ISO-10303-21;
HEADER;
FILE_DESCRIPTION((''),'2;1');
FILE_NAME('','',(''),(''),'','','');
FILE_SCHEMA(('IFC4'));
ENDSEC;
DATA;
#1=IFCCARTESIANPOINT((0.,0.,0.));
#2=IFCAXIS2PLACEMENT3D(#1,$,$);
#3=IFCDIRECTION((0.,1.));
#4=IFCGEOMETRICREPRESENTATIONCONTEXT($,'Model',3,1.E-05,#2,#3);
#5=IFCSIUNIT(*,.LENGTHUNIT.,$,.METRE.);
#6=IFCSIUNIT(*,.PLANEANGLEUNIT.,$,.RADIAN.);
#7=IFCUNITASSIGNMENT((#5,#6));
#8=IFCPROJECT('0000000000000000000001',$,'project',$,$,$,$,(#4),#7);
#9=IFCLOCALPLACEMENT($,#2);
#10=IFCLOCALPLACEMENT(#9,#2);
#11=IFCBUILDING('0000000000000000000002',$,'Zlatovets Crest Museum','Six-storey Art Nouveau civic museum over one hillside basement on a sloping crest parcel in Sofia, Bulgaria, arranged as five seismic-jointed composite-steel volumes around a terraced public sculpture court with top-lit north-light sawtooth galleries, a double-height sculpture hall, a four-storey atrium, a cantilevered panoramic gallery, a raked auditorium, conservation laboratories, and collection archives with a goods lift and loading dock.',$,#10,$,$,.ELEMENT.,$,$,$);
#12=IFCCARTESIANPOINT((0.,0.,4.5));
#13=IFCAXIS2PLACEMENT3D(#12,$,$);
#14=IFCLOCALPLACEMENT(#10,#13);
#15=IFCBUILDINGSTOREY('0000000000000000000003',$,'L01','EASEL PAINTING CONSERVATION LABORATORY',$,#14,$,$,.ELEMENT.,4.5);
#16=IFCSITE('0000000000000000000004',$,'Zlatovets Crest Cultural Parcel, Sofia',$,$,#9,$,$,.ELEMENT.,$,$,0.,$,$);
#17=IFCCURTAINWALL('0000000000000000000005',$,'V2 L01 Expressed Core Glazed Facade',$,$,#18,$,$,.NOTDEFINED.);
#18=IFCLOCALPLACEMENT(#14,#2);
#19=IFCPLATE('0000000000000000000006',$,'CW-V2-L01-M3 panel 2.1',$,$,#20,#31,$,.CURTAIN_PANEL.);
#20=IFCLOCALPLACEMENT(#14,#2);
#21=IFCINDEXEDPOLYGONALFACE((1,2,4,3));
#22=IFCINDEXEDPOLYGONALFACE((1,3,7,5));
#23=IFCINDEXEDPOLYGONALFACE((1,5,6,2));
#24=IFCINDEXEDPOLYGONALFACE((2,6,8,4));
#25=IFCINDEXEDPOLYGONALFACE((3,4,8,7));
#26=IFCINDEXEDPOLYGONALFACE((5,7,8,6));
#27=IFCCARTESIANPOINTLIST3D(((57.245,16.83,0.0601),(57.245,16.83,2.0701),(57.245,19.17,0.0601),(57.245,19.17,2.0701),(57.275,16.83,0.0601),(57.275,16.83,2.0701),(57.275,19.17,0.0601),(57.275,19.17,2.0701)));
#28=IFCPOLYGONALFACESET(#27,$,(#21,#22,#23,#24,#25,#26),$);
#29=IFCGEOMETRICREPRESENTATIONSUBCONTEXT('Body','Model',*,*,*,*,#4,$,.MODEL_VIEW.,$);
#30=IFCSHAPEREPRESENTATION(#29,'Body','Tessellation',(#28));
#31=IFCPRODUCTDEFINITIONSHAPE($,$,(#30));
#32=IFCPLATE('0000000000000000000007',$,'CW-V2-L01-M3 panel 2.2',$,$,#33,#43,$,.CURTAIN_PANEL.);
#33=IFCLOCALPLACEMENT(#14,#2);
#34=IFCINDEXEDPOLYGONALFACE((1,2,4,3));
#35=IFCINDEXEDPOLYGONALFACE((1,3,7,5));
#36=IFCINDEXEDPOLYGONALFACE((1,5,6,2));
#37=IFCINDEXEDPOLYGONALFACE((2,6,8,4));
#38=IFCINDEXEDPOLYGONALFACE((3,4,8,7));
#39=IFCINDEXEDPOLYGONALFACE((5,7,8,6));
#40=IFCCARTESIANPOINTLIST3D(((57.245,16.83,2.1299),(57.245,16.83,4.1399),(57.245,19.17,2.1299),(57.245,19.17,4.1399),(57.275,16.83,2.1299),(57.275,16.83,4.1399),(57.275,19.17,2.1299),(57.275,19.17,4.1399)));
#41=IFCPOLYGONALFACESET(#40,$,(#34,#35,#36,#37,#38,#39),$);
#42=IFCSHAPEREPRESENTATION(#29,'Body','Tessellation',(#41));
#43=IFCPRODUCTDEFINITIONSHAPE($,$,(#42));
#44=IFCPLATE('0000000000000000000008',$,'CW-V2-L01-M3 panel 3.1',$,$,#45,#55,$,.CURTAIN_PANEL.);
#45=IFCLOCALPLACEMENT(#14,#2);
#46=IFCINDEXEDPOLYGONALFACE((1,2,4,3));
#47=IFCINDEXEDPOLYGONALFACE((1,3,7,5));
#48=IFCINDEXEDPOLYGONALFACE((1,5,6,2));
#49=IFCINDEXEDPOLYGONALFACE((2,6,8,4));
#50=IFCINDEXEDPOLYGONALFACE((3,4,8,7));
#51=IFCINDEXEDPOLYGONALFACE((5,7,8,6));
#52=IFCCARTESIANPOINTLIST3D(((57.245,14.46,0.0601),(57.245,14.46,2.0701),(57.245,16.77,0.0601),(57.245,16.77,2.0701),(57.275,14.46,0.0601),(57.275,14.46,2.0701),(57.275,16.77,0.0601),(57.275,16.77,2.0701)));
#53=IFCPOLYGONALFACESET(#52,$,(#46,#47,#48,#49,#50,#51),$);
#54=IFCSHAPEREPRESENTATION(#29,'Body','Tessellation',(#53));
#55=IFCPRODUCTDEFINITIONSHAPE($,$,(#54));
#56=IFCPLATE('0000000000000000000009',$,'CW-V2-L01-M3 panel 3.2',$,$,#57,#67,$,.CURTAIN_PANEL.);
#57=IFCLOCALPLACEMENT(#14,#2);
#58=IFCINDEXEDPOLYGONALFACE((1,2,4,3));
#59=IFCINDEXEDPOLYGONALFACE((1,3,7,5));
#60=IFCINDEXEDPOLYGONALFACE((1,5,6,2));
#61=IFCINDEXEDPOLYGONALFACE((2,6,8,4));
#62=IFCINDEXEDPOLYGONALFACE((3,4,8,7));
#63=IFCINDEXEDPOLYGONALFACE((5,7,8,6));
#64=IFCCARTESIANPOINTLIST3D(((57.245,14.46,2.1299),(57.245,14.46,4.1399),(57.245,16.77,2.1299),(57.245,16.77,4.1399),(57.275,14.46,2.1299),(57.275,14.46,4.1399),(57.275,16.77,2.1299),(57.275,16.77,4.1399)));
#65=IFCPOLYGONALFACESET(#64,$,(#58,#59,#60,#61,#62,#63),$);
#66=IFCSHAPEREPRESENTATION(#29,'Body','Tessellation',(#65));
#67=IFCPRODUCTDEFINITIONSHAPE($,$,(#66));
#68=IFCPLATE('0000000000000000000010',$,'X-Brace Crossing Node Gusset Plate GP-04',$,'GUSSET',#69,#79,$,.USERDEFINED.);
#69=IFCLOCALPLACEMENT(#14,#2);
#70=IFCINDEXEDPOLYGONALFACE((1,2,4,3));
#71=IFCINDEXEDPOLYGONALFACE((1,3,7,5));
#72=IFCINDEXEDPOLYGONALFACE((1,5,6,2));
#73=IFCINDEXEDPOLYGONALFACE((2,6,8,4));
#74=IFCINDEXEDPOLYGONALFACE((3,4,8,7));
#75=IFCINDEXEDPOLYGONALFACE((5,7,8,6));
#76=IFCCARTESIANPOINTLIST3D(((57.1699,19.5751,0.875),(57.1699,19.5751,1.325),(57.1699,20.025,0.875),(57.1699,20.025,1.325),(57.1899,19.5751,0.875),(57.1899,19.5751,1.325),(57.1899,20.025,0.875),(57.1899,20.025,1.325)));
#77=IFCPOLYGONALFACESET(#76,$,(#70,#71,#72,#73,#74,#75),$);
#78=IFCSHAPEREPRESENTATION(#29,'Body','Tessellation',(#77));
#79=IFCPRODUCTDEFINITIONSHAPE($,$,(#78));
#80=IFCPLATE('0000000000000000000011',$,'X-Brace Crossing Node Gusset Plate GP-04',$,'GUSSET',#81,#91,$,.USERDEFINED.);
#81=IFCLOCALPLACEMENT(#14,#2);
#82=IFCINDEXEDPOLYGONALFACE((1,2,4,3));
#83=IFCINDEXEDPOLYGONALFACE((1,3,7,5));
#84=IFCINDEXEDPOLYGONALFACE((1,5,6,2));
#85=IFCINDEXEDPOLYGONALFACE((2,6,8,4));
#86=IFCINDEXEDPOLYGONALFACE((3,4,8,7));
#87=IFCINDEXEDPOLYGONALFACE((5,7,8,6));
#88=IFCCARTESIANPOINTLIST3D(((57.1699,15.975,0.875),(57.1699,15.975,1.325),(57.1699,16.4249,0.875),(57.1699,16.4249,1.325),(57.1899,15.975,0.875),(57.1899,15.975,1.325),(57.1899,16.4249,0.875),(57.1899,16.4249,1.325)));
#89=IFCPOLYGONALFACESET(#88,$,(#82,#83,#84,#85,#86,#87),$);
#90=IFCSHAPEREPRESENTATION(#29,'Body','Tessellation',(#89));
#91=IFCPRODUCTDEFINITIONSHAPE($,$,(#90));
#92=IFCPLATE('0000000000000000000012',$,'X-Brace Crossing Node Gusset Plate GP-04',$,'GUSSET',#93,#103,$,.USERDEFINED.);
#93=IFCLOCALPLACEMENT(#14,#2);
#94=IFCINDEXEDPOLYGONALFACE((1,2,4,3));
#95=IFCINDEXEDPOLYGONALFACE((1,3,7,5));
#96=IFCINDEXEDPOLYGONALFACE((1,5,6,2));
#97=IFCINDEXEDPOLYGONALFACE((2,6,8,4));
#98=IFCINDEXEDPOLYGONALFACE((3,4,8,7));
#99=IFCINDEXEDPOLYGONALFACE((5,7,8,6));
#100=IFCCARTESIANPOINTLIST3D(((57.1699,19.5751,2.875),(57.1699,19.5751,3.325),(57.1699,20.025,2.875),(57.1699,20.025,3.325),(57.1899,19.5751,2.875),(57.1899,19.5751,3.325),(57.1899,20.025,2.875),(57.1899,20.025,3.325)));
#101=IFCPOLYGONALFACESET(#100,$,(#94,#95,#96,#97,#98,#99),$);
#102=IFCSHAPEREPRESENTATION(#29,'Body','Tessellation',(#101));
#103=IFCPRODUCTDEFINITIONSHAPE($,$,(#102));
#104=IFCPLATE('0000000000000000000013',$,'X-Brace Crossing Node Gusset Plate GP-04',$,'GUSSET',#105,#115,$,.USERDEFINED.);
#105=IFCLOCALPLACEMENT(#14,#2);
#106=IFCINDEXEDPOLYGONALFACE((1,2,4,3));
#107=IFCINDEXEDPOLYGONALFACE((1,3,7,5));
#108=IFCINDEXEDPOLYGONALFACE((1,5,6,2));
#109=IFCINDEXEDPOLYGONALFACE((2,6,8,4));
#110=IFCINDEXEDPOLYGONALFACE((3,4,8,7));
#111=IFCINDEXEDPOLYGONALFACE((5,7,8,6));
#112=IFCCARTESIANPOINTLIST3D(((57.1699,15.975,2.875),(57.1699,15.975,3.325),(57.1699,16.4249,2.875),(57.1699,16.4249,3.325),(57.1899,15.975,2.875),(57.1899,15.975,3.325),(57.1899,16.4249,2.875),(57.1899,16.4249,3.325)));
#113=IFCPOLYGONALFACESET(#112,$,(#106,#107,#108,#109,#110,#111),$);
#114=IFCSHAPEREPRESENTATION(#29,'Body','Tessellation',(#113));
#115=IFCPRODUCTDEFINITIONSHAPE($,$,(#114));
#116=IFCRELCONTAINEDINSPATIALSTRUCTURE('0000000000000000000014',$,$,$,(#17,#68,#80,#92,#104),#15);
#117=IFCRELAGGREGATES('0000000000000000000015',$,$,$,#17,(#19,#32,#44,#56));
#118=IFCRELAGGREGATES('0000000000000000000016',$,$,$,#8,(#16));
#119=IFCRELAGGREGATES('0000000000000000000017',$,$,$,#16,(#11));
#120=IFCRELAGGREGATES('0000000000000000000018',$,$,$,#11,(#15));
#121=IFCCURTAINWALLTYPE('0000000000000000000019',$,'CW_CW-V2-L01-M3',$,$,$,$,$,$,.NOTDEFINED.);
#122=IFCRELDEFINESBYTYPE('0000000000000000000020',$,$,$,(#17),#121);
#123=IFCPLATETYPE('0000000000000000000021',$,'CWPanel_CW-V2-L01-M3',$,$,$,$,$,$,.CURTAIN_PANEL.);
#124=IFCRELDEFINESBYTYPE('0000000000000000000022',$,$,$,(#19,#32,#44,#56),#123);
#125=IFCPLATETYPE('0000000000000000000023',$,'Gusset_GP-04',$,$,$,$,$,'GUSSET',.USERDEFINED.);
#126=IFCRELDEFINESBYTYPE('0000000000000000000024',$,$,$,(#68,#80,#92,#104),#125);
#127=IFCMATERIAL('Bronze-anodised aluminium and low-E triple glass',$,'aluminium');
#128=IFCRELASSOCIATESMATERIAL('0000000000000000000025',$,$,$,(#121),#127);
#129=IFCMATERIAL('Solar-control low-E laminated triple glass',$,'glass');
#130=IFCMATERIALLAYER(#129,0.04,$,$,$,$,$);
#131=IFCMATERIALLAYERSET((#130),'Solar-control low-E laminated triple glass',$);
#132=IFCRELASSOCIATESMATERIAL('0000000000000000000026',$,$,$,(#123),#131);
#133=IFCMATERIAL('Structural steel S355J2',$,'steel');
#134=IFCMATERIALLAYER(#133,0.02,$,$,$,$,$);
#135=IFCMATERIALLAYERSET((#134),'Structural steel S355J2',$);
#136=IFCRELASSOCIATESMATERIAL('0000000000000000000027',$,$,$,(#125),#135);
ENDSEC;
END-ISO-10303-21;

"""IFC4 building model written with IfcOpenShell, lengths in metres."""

from ifc_helpers import new_model, si_unit, direction, frame, origin, origin_2d, place, context, subcontext, project, spatial, rectangle, extrude, material, layer, layer_set, type_object, element, aggregate, save


model = new_model("IFC4")

# Units and contexts
model_context = context("Model", 3, precision=1e-05, world=origin(), true_north=direction((0.0, 1.0)))
body_context = subcontext(model_context, "Body", "Model", "MODEL_VIEW")
ifc_project = project(units=[si_unit("LENGTHUNIT", "METRE"), si_unit("PLANEANGLEUNIT", "RADIAN")], contexts=[model_context])

# Site, building, storey
site_placement = place(None, origin())
site = spatial("IfcSite", under=ifc_project, at=site_placement, Name="Zlatovets Crest Cultural Parcel, Sofia", CompositionType="ELEMENT", RefElevation=0.0)
building_placement = place(site_placement, origin())
building = spatial("IfcBuilding", under=site, at=building_placement, Name="Zlatovets Crest Museum", Description="Six-storey Art Nouveau civic museum over one hillside basement on a sloping crest parcel in Sofia, Bulgaria, arranged as five seismic-jointed composite-steel volumes around a terraced public sculpture court with top-lit north-light sawtooth galleries, a double-height sculpture hall, a four-storey atrium, a cantilevered panoramic gallery, a raked auditorium, conservation laboratories, and collection archives with a goods lift and loading dock.", CompositionType="ELEMENT")
storey_placement = place(building_placement, frame((0.0, 0.0, 4.5)))
storey = spatial("IfcBuildingStorey", under=building, at=storey_placement, Name="L01", Description="EASEL PAINTING CONSERVATION LABORATORY", CompositionType="ELEMENT", Elevation=4.5)

# Shared definitions
ifc_material_1 = material(Name="Structural steel S355J2", Category="steel")

# Curtain wall
ifc_material_2 = material(Name="Bronze-anodised aluminium and low-E triple glass", Category="aluminium")
curtain_wall_type_1 = type_object("IfcCurtainWallType", Name="CW_CW-V2-L01-M3", PredefinedType="NOTDEFINED", material=ifc_material_2)
curtain_wall_1_placement = place(storey_placement, origin())
curtain_wall_1 = element("IfcCurtainWall", 1, at=curtain_wall_1_placement, inside=storey, type_object=curtain_wall_type_1, Name="V2 L01 Expressed Core Glazed Facade", PredefinedType="NOTDEFINED")

# Plates
ifc_material_3 = material(Name="Solar-control low-E laminated triple glass", Category="glass")
ifc_layer_1 = layer(ifc_material_3, 0.04)
ifc_layer_set_1 = layer_set([ifc_layer_1], Name="Solar-control low-E laminated triple glass")
plate_type_1 = type_object("IfcPlateType", Name="CWPanel_CW-V2-L01-M3", PredefinedType="CURTAIN_PANEL", material=ifc_layer_set_1)
plate_1_placement = place(storey_placement, frame((57.26, 18.0, 0.0601), z_axis=(0.0, 0.0, 1.0), x_axis=(0.0, -1.0, 0.0)))
plate_1 = element("IfcPlate", 2, at=plate_1_placement, type_object=plate_type_1, Name="CW-V2-L01-M3 panel 2.1", PredefinedType="CURTAIN_PANEL", context=body_context, shape_type="SweptSolid", body=[
    extrude(rectangle(XDim=2.3401, YDim=0.03, at=origin_2d()), origin(), (0.0, 0.0, 1.0), 2.01),
])
plate_2_placement = place(storey_placement, frame((57.26, 18.0, 2.1299), z_axis=(0.0, 0.0, 1.0), x_axis=(0.0, -1.0, 0.0)))
plate_2 = element("IfcPlate", 3, at=plate_2_placement, type_object=plate_type_1, Name="CW-V2-L01-M3 panel 2.2", PredefinedType="CURTAIN_PANEL", context=body_context, shape_type="SweptSolid", body=[
    extrude(rectangle(XDim=2.3401, YDim=0.03, at=origin_2d()), origin(), (0.0, 0.0, 1.0), 2.01),
])
plate_3_placement = place(storey_placement, frame((57.26, 15.615, 0.0601), z_axis=(0.0, 0.0, 1.0), x_axis=(0.0, -1.0, 0.0)))
plate_3 = element("IfcPlate", 4, at=plate_3_placement, type_object=plate_type_1, Name="CW-V2-L01-M3 panel 3.1", PredefinedType="CURTAIN_PANEL", context=body_context, shape_type="SweptSolid", body=[
    extrude(rectangle(XDim=2.3101, YDim=0.03, at=origin_2d()), origin(), (0.0, 0.0, 1.0), 2.01),
])
plate_4_placement = place(storey_placement, frame((57.26, 15.615, 2.1299), z_axis=(0.0, 0.0, 1.0), x_axis=(0.0, -1.0, 0.0)))
plate_4 = element("IfcPlate", 5, at=plate_4_placement, type_object=plate_type_1, Name="CW-V2-L01-M3 panel 3.2", PredefinedType="CURTAIN_PANEL", context=body_context, shape_type="SweptSolid", body=[
    extrude(rectangle(XDim=2.3101, YDim=0.03, at=origin_2d()), origin(), (0.0, 0.0, 1.0), 2.01),
])
aggregate(curtain_wall_1, [plate_1, plate_2, plate_3, plate_4])

# Plates
ifc_layer_2 = layer(ifc_material_1, 0.02)
ifc_layer_set_2 = layer_set([ifc_layer_2], Name="Structural steel S355J2")
plate_type_2 = type_object("IfcPlateType", Name="Gusset_GP-04", ElementType="GUSSET", PredefinedType="USERDEFINED", material=ifc_layer_set_2)
for number, where, z_axis, x_axis, name in (
    (6, (57.1799, 19.8, 0.875), (0.0, 0.0, 1.0), (1.0, 0.0, 0.0), "X-Brace Crossing Node Gusset Plate GP-04"),
    (7, (57.1799, 16.2, 0.875), (0.0, 0.0, 1.0), (1.0, 0.0, 0.0), "X-Brace Crossing Node Gusset Plate GP-04"),
    (8, (57.1799, 19.8, 2.875), (0.0, 0.0, 1.0), (1.0, 0.0, 0.0), "X-Brace Crossing Node Gusset Plate GP-04"),
    (9, (57.1799, 16.2, 2.875), (0.0, 0.0, 1.0), (1.0, 0.0, 0.0), "X-Brace Crossing Node Gusset Plate GP-04"),
):
    element("IfcPlate", number, at=place(storey_placement, frame(where, z_axis=z_axis, x_axis=x_axis)), inside=storey, type_object=plate_type_2, Name=name, ObjectType="GUSSET", PredefinedType="USERDEFINED", context=body_context, shape_type="SweptSolid", body=[
        extrude(rectangle(XDim=0.02, YDim=0.45, at=origin_2d()), origin(), (0.0, 0.0, 1.0), 0.45),
    ])

save(model, "model.ifc")
